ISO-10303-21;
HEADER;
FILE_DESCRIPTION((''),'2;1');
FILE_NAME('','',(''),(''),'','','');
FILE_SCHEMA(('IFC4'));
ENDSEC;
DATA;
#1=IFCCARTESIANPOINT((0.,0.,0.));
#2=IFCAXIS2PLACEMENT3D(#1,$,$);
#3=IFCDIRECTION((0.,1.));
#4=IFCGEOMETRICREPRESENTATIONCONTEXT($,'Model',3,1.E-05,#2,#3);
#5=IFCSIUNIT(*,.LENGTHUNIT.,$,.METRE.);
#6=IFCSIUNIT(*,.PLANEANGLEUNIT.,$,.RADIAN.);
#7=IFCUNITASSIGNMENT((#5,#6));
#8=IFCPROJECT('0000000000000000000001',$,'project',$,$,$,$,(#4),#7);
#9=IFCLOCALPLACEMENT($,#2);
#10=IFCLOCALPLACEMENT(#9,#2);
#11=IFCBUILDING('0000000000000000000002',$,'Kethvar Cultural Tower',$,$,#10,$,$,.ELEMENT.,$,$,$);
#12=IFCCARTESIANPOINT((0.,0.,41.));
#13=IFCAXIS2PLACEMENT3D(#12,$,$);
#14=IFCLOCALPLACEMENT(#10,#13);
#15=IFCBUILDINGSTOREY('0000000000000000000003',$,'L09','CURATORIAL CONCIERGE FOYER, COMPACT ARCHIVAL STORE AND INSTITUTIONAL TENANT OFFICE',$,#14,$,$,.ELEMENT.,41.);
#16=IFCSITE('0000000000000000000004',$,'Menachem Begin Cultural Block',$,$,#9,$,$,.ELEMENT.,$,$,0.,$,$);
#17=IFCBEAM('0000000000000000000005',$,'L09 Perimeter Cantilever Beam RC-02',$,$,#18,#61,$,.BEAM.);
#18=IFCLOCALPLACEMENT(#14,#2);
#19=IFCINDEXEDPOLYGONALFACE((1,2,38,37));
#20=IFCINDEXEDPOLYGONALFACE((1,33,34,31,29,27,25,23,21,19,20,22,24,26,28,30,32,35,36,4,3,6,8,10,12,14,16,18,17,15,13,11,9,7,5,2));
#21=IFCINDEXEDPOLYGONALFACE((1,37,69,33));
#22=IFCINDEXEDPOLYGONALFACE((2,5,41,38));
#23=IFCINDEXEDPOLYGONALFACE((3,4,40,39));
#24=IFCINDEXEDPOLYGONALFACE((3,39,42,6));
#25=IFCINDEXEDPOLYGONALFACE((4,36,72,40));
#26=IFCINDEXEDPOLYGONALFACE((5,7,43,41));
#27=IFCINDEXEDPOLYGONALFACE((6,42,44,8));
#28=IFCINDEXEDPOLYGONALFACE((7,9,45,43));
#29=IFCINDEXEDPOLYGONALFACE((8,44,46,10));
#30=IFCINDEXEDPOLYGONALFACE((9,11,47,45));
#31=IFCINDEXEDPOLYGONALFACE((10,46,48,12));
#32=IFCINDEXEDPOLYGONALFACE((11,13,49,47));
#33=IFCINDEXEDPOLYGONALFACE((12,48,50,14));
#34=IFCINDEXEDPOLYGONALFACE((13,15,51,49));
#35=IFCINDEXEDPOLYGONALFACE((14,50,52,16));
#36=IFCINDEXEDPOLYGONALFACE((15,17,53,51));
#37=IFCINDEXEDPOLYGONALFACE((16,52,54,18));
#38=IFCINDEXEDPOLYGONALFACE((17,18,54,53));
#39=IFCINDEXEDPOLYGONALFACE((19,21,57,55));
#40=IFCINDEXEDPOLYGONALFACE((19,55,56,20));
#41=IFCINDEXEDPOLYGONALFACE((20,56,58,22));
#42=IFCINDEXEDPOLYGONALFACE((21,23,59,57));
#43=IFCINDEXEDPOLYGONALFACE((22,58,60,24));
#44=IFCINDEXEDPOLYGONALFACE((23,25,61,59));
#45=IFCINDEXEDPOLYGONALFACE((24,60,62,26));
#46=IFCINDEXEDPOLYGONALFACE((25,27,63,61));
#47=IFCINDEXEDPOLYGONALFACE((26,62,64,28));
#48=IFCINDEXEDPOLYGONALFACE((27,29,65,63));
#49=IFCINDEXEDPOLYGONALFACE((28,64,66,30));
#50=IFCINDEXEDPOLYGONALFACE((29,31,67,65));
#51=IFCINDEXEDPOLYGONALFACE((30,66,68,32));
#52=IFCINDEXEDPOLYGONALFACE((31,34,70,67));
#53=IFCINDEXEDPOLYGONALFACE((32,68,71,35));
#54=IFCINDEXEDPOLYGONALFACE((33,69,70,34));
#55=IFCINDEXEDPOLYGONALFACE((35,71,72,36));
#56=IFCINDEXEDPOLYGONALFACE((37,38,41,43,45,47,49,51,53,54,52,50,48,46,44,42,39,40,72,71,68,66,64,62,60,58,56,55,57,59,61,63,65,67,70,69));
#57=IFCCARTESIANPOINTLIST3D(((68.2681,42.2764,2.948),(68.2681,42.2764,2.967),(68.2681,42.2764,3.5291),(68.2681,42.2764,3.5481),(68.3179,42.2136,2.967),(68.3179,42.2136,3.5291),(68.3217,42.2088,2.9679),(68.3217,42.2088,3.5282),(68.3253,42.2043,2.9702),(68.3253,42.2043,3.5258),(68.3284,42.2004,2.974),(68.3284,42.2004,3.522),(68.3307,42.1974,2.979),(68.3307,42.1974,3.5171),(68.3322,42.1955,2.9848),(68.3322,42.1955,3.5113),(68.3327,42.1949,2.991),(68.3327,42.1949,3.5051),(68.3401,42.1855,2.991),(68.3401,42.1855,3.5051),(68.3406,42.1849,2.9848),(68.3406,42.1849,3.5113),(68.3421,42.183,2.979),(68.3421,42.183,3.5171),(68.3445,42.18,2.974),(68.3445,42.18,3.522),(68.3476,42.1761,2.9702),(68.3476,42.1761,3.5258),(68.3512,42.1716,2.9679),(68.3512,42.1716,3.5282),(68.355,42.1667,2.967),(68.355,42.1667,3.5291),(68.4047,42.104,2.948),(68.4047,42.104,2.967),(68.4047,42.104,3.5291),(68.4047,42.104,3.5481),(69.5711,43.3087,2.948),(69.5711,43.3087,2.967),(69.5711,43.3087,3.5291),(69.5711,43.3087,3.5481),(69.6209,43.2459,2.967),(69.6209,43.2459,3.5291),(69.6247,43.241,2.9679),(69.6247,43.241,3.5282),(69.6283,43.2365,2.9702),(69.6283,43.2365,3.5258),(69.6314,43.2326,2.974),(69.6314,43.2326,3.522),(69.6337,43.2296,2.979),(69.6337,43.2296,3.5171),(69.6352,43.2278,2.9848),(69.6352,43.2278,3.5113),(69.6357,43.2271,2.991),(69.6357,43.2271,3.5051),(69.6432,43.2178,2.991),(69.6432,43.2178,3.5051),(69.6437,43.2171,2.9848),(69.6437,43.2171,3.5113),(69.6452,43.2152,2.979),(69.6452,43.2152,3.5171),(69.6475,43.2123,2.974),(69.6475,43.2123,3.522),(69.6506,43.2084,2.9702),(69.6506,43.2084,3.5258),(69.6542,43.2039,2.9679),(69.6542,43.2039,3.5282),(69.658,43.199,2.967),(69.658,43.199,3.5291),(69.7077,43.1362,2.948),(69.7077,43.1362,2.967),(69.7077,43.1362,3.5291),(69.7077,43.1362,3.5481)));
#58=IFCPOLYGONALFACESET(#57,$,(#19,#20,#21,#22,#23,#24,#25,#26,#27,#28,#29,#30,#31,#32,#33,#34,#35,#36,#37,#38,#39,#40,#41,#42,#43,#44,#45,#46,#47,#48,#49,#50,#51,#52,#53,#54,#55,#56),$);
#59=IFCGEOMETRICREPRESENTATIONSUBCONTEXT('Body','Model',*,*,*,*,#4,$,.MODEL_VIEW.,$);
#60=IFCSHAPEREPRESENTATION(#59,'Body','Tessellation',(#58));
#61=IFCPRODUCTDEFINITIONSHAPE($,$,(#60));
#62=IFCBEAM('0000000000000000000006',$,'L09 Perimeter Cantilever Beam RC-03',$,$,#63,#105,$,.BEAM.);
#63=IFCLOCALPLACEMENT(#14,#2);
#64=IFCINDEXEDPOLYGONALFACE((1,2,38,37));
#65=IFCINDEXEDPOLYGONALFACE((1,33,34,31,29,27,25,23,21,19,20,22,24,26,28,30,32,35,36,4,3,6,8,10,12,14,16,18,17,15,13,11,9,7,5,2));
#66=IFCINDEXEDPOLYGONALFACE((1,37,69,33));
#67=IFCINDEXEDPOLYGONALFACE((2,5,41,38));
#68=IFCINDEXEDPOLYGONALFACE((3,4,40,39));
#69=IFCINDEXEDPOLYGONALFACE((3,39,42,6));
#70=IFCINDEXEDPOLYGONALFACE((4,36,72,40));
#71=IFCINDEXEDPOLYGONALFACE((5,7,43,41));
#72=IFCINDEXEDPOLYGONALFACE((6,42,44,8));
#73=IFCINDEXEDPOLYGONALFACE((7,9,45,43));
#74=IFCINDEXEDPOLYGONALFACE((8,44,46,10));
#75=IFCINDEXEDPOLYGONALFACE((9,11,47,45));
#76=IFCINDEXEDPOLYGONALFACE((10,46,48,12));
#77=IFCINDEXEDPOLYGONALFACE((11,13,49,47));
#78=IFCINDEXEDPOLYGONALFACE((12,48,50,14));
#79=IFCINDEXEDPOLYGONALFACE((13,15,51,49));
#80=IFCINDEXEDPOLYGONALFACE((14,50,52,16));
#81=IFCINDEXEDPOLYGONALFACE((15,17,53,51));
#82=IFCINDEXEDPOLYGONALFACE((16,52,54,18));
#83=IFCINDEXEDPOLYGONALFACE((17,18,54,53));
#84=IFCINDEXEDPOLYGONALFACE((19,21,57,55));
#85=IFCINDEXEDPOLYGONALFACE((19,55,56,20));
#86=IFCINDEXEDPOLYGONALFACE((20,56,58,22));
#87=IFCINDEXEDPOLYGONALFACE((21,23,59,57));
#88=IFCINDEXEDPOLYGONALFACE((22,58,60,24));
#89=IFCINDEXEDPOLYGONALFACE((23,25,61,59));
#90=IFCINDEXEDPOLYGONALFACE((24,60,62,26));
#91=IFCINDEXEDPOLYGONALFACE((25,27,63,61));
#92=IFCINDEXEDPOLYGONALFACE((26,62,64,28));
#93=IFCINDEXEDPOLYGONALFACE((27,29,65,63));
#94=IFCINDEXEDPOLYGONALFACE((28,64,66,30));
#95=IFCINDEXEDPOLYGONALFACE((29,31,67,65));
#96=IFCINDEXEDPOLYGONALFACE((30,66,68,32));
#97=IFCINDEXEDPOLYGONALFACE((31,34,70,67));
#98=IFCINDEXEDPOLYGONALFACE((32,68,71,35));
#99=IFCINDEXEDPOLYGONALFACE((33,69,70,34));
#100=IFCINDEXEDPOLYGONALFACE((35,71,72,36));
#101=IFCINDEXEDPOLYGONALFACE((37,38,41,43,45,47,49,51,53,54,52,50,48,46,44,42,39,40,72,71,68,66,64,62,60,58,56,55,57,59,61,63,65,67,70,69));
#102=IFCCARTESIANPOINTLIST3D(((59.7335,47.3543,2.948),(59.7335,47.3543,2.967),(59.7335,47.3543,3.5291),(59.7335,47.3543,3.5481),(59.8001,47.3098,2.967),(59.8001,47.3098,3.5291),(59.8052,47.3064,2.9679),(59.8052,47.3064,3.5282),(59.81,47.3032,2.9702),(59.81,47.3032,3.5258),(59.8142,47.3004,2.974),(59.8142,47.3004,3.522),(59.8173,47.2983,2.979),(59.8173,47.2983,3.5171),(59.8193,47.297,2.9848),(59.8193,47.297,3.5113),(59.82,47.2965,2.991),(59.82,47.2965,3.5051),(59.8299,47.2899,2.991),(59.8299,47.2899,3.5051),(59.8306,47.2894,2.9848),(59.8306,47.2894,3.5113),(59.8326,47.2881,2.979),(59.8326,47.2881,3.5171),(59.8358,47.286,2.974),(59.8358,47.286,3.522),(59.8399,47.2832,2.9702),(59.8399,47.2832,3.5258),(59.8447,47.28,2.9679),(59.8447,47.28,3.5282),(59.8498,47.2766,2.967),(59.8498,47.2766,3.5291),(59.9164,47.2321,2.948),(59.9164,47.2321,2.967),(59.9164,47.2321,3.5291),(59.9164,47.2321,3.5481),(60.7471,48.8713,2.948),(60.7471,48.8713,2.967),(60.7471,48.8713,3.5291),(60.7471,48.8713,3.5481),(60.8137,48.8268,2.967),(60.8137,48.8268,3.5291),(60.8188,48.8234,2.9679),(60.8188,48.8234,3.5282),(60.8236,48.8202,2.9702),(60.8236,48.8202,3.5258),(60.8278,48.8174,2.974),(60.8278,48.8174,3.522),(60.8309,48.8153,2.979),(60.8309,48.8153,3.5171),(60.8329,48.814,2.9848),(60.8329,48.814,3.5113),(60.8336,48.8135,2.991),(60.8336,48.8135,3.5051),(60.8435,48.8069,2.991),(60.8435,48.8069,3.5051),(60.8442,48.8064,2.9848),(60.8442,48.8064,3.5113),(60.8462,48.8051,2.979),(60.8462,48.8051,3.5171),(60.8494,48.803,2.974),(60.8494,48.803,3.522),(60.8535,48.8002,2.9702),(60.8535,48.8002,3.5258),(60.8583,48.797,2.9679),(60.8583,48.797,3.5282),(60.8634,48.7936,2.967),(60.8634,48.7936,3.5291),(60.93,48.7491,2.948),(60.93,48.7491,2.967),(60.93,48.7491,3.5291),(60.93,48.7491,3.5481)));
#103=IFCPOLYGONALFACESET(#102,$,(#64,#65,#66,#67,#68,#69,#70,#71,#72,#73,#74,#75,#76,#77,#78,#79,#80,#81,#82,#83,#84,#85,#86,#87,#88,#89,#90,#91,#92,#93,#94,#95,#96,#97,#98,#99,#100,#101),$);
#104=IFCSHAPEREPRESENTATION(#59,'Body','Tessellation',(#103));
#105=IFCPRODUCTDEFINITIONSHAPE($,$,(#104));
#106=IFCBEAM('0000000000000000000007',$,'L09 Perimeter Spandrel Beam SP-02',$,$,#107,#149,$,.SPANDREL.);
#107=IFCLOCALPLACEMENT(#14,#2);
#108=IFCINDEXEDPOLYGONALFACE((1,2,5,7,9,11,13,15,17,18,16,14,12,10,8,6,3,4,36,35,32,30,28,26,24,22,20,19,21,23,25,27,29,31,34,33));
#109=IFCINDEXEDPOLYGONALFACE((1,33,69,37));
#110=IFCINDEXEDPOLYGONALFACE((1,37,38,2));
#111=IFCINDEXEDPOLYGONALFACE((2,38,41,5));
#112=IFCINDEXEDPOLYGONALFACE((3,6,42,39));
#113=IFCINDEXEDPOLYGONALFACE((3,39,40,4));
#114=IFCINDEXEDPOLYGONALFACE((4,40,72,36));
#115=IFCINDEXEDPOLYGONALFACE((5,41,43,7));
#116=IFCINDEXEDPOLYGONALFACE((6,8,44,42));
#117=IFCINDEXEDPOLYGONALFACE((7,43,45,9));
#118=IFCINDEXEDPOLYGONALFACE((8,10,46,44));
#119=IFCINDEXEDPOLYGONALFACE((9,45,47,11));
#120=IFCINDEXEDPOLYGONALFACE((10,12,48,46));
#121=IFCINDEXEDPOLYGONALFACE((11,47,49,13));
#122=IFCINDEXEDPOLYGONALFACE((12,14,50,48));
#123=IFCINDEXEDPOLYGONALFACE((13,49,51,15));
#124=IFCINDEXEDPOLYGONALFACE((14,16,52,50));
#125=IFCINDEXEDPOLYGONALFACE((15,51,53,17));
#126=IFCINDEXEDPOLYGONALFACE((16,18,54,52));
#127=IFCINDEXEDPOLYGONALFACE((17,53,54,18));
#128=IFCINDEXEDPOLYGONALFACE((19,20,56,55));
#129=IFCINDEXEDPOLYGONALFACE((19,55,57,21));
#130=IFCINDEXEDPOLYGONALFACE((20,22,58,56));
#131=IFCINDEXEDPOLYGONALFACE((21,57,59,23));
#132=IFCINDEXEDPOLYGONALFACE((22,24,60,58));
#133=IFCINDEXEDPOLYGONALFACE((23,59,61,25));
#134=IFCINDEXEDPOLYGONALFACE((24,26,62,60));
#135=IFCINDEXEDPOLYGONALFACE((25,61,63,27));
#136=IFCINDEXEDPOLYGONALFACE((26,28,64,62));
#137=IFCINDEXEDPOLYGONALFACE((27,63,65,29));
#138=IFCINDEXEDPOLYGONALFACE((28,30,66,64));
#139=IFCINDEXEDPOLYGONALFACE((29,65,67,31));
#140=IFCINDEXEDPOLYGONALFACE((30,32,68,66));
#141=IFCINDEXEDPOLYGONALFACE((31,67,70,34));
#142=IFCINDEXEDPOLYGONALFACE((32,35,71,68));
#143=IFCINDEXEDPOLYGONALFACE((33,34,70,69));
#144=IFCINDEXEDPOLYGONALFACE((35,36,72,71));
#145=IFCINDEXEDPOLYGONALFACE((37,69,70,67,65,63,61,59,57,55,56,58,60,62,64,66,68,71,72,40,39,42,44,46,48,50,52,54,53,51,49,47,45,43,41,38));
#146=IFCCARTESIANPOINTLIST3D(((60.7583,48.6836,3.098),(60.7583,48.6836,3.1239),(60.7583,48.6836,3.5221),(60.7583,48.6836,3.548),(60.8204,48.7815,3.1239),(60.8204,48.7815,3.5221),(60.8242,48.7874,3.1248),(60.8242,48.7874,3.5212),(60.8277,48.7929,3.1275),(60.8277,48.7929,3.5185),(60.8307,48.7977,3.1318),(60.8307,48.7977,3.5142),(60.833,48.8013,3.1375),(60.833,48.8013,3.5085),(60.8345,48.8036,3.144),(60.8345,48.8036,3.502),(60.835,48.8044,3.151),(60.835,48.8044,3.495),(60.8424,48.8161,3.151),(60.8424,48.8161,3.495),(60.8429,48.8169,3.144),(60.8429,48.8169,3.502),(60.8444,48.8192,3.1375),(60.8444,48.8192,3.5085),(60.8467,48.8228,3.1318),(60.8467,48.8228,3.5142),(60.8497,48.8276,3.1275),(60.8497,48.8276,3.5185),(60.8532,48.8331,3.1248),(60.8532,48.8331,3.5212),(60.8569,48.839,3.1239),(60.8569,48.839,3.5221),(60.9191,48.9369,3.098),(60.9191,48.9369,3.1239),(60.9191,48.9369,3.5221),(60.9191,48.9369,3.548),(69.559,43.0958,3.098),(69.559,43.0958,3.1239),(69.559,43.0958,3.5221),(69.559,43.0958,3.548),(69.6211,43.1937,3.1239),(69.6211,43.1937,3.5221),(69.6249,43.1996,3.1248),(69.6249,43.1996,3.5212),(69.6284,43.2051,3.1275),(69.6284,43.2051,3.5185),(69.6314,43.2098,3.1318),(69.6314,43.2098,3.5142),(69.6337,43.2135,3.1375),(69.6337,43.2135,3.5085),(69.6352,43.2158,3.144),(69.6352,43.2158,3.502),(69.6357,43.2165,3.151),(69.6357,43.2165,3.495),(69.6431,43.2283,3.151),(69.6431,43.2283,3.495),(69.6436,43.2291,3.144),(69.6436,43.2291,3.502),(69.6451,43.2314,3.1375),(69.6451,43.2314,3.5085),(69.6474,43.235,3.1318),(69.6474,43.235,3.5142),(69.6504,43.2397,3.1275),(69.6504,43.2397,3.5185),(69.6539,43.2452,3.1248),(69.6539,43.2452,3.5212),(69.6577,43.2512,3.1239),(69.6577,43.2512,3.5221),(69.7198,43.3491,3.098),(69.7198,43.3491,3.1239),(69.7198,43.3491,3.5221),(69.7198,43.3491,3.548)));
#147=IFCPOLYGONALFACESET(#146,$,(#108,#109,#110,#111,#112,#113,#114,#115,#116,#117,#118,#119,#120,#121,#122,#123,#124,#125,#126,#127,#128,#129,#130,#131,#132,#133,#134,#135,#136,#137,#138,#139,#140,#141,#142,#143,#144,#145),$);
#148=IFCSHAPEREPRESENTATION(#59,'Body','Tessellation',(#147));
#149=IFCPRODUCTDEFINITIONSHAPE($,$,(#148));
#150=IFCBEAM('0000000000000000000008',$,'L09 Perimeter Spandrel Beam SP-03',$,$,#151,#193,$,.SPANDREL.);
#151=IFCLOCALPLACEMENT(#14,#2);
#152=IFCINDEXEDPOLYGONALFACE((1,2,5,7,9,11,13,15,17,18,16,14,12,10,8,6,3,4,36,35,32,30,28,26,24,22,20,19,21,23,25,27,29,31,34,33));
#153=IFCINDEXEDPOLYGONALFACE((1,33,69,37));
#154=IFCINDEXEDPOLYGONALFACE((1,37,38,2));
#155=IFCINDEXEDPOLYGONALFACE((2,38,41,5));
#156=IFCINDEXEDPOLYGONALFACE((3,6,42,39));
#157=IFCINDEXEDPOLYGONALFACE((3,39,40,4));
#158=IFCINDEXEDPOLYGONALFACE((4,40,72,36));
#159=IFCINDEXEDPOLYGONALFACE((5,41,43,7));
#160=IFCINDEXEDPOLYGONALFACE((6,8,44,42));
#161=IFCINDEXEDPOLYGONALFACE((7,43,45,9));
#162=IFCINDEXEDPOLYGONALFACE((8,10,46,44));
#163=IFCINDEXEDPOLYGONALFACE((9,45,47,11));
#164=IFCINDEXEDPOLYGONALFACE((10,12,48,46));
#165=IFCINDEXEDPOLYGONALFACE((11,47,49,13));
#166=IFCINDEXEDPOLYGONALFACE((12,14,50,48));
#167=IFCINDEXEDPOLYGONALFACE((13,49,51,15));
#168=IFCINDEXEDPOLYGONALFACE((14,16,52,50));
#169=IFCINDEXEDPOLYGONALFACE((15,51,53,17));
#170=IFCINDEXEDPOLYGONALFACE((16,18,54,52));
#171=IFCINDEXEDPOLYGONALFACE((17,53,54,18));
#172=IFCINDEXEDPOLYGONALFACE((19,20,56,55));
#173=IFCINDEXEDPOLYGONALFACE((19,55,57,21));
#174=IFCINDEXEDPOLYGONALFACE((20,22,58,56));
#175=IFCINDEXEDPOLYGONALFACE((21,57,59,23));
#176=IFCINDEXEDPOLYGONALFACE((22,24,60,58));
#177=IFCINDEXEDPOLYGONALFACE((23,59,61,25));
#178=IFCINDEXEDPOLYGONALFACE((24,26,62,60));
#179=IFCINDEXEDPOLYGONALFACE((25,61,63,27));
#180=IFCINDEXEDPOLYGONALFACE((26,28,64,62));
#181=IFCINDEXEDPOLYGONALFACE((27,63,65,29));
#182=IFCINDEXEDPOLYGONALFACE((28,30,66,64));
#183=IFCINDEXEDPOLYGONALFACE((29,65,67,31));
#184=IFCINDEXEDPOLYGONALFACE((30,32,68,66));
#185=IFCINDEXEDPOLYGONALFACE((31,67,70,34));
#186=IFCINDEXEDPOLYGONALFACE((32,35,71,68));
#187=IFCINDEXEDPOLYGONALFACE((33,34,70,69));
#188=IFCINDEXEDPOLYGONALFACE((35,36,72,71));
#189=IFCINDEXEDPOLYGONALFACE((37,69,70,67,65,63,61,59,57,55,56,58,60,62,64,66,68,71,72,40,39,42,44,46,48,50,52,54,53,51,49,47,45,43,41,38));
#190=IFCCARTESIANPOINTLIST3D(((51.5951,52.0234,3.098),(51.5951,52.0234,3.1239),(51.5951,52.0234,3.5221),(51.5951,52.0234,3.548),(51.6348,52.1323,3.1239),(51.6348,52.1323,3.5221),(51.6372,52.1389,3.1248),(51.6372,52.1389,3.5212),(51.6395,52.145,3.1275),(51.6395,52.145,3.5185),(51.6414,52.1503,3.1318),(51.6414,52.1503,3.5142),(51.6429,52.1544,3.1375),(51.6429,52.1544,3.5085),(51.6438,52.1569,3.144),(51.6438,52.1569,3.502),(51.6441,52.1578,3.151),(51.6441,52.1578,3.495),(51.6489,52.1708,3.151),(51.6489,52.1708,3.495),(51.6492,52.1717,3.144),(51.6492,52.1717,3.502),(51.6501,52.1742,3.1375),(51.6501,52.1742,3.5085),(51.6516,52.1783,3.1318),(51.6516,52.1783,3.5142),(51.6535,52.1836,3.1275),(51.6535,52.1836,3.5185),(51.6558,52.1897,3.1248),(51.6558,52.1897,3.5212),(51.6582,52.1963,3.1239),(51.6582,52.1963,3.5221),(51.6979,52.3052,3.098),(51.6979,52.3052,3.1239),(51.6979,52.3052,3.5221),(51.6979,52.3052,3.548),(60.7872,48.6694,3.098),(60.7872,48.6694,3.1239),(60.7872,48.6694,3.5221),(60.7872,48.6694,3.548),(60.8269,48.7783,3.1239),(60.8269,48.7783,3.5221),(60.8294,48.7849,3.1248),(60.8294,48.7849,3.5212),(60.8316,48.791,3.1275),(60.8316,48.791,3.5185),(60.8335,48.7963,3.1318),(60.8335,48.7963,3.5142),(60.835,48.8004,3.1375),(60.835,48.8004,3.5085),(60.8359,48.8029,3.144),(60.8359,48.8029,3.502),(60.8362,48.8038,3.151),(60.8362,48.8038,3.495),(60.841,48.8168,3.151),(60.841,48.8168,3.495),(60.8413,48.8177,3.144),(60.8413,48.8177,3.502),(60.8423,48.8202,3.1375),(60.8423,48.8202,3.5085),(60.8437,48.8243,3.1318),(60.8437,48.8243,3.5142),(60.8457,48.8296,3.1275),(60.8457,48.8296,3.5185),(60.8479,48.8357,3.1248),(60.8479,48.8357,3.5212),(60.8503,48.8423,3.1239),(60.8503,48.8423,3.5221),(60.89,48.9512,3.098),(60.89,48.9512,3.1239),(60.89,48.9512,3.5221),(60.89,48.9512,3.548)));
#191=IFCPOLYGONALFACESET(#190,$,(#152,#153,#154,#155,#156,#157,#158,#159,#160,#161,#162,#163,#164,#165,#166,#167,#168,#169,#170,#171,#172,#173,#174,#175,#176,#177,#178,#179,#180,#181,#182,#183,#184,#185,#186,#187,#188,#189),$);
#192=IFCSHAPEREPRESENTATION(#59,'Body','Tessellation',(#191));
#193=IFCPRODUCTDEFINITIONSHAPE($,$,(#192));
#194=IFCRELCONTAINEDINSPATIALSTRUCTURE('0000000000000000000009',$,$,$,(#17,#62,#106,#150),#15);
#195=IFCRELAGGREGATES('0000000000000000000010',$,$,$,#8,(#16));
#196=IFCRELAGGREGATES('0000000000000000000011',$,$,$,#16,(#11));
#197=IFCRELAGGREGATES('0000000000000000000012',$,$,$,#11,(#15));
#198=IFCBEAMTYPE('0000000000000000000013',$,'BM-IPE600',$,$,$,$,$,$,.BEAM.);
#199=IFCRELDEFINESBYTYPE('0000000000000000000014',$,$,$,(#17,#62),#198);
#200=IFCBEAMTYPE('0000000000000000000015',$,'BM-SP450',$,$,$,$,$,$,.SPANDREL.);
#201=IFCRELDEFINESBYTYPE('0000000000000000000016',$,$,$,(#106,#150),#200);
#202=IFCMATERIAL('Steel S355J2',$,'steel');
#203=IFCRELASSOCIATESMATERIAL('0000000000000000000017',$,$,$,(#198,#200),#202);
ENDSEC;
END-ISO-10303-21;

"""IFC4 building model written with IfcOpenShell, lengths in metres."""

from ifc_helpers import new_model, si_unit, direction, frame, origin, origin_2d, place, context, subcontext, project, spatial, i_section, extrude, source, transform, mapped, material, material_profile, profile_set, type_object, element, save


model = new_model("IFC4")

# Units and contexts
model_context = context("Model", 3, precision=1e-05, world=origin(), true_north=direction((0.0, 1.0)))
body_context = subcontext(model_context, "Body", "Model", "MODEL_VIEW")
ifc_project = project(units=[si_unit("LENGTHUNIT", "METRE"), si_unit("PLANEANGLEUNIT", "RADIAN")], contexts=[model_context])

# Site, building, storey
site_placement = place(None, origin())
site = spatial("IfcSite", under=ifc_project, at=site_placement, Name="Menachem Begin Cultural Block", CompositionType="ELEMENT", RefElevation=0.0)
building_placement = place(site_placement, origin())
building = spatial("IfcBuilding", under=site, at=building_placement, Name="Kethvar Cultural Tower", CompositionType="ELEMENT")
storey_placement = place(building_placement, frame((0.0, 0.0, 41.0)))
storey = spatial("IfcBuildingStorey", under=building, at=storey_placement, Name="L09", Description="CURATORIAL CONCIERGE FOYER, COMPACT ARCHIVAL STORE AND INSTITUTIONAL TENANT OFFICE", CompositionType="ELEMENT", Elevation=41.0)

# Beams
ifc_material_1 = material(Name="Steel S355J2", Category="steel")
ifc_material_profile_1 = material_profile(ifc_material_1, i_section(OverallWidth=0.22, OverallDepth=0.6001, WebThickness=0.012, FlangeThickness=0.019, FilletRadius=0.0239, at=origin_2d()), Name="Steel S355J2 — IPE600")
ifc_profile_set_1 = profile_set([ifc_material_profile_1], Name="Steel S355J2 — IPE600")
beam_type_1 = type_object("IfcBeamType", Name="BM-IPE600", PredefinedType="BEAM", material=ifc_profile_set_1)
shared_shape_1 = source(origin(), body_context, "Body", "SweptSolid", [
    extrude(i_section(OverallWidth=0.22, OverallDepth=0.6001, WebThickness=0.012, FlangeThickness=0.019, FilletRadius=0.0239, at=origin_2d()), origin(), (0.0, 0.0, 1.0), 1.6624),
])
beam_1_placement = place(storey_placement, frame((68.3364, 42.1902, 3.248), z_axis=(0.78384, 0.620962, 0.0), x_axis=(-0.620962, 0.78384, 0.0)))
element("IfcBeam", 1, at=beam_1_placement, inside=storey, type_object=beam_type_1, Name="L09 Perimeter Cantilever Beam RC-02", PredefinedType="BEAM", context=body_context, shape_type="MappedRepresentation", body=[
    mapped(shared_shape_1, transform((0.0, 0.0, 0.0), scale=1.0)),
])
shared_shape_2 = source(origin(), body_context, "Body", "SweptSolid", [
    extrude(i_section(OverallWidth=0.22, OverallDepth=0.6001, WebThickness=0.012, FlangeThickness=0.019, FilletRadius=0.0239, at=origin_2d()), origin(), (0.0, 0.0, 1.0), 1.8245),
])
beam_2_placement = place(storey_placement, frame((59.825, 47.2932, 3.248), z_axis=(0.555564, 0.831473, 0.0), x_axis=(-0.831473, 0.555564, 0.0)))
element("IfcBeam", 2, at=beam_2_placement, inside=storey, type_object=beam_type_1, Name="L09 Perimeter Cantilever Beam RC-03", PredefinedType="BEAM", context=body_context, shape_type="MappedRepresentation", body=[
    mapped(shared_shape_2, transform((0.0, 0.0, 0.0), scale=1.0)),
])
ifc_material_profile_2 = material_profile(ifc_material_1, i_section(OverallWidth=0.3, OverallDepth=0.45, WebThickness=0.0139, FlangeThickness=0.0259, FilletRadius=0.0271, at=origin_2d()), Name="Steel S355J2 — HEB450")
ifc_profile_set_2 = profile_set([ifc_material_profile_2], Name="Steel S355J2 — HEB450")
beam_type_2 = type_object("IfcBeamType", Name="BM-SP450", PredefinedType="SPANDREL", material=ifc_profile_set_2)
shared_shape_3 = source(origin(), body_context, "Body", "SweptSolid", [
    extrude(i_section(OverallWidth=0.3, OverallDepth=0.45, WebThickness=0.0139, FlangeThickness=0.0259, FilletRadius=0.0271, at=origin_2d()), origin(), (0.0, 0.0, 1.0), 10.4248),
])
beam_3_placement = place(storey_placement, frame((69.6394, 43.2224, 3.323), z_axis=(-0.844209, 0.536014, 0.0), x_axis=(-0.536014, -0.844209, 0.0)))
element("IfcBeam", 3, at=beam_3_placement, inside=storey, type_object=beam_type_2, Name="L09 Perimeter Spandrel Beam SP-02", PredefinedType="SPANDREL", context=body_context, shape_type="MappedRepresentation", body=[
    mapped(shared_shape_3, transform((0.0, 0.0, 0.0), scale=1.0)),
])
shared_shape_4 = source(origin(), body_context, "Body", "SweptSolid", [
    extrude(i_section(OverallWidth=0.3, OverallDepth=0.45, WebThickness=0.0139, FlangeThickness=0.0259, FilletRadius=0.0271, at=origin_2d()), origin(), (0.0, 0.0, 1.0), 9.7849),
])
beam_4_placement = place(storey_placement, frame((60.8386, 48.8103, 3.323), z_axis=(-0.939418, 0.342773, 0.0), x_axis=(-0.342773, -0.939418, 0.0)))
element("IfcBeam", 4, at=beam_4_placement, inside=storey, type_object=beam_type_2, Name="L09 Perimeter Spandrel Beam SP-03", PredefinedType="SPANDREL", context=body_context, shape_type="MappedRepresentation", body=[
    mapped(shared_shape_4, transform((0.0, 0.0, 0.0), scale=1.0)),
])

save(model, "model.ifc")
